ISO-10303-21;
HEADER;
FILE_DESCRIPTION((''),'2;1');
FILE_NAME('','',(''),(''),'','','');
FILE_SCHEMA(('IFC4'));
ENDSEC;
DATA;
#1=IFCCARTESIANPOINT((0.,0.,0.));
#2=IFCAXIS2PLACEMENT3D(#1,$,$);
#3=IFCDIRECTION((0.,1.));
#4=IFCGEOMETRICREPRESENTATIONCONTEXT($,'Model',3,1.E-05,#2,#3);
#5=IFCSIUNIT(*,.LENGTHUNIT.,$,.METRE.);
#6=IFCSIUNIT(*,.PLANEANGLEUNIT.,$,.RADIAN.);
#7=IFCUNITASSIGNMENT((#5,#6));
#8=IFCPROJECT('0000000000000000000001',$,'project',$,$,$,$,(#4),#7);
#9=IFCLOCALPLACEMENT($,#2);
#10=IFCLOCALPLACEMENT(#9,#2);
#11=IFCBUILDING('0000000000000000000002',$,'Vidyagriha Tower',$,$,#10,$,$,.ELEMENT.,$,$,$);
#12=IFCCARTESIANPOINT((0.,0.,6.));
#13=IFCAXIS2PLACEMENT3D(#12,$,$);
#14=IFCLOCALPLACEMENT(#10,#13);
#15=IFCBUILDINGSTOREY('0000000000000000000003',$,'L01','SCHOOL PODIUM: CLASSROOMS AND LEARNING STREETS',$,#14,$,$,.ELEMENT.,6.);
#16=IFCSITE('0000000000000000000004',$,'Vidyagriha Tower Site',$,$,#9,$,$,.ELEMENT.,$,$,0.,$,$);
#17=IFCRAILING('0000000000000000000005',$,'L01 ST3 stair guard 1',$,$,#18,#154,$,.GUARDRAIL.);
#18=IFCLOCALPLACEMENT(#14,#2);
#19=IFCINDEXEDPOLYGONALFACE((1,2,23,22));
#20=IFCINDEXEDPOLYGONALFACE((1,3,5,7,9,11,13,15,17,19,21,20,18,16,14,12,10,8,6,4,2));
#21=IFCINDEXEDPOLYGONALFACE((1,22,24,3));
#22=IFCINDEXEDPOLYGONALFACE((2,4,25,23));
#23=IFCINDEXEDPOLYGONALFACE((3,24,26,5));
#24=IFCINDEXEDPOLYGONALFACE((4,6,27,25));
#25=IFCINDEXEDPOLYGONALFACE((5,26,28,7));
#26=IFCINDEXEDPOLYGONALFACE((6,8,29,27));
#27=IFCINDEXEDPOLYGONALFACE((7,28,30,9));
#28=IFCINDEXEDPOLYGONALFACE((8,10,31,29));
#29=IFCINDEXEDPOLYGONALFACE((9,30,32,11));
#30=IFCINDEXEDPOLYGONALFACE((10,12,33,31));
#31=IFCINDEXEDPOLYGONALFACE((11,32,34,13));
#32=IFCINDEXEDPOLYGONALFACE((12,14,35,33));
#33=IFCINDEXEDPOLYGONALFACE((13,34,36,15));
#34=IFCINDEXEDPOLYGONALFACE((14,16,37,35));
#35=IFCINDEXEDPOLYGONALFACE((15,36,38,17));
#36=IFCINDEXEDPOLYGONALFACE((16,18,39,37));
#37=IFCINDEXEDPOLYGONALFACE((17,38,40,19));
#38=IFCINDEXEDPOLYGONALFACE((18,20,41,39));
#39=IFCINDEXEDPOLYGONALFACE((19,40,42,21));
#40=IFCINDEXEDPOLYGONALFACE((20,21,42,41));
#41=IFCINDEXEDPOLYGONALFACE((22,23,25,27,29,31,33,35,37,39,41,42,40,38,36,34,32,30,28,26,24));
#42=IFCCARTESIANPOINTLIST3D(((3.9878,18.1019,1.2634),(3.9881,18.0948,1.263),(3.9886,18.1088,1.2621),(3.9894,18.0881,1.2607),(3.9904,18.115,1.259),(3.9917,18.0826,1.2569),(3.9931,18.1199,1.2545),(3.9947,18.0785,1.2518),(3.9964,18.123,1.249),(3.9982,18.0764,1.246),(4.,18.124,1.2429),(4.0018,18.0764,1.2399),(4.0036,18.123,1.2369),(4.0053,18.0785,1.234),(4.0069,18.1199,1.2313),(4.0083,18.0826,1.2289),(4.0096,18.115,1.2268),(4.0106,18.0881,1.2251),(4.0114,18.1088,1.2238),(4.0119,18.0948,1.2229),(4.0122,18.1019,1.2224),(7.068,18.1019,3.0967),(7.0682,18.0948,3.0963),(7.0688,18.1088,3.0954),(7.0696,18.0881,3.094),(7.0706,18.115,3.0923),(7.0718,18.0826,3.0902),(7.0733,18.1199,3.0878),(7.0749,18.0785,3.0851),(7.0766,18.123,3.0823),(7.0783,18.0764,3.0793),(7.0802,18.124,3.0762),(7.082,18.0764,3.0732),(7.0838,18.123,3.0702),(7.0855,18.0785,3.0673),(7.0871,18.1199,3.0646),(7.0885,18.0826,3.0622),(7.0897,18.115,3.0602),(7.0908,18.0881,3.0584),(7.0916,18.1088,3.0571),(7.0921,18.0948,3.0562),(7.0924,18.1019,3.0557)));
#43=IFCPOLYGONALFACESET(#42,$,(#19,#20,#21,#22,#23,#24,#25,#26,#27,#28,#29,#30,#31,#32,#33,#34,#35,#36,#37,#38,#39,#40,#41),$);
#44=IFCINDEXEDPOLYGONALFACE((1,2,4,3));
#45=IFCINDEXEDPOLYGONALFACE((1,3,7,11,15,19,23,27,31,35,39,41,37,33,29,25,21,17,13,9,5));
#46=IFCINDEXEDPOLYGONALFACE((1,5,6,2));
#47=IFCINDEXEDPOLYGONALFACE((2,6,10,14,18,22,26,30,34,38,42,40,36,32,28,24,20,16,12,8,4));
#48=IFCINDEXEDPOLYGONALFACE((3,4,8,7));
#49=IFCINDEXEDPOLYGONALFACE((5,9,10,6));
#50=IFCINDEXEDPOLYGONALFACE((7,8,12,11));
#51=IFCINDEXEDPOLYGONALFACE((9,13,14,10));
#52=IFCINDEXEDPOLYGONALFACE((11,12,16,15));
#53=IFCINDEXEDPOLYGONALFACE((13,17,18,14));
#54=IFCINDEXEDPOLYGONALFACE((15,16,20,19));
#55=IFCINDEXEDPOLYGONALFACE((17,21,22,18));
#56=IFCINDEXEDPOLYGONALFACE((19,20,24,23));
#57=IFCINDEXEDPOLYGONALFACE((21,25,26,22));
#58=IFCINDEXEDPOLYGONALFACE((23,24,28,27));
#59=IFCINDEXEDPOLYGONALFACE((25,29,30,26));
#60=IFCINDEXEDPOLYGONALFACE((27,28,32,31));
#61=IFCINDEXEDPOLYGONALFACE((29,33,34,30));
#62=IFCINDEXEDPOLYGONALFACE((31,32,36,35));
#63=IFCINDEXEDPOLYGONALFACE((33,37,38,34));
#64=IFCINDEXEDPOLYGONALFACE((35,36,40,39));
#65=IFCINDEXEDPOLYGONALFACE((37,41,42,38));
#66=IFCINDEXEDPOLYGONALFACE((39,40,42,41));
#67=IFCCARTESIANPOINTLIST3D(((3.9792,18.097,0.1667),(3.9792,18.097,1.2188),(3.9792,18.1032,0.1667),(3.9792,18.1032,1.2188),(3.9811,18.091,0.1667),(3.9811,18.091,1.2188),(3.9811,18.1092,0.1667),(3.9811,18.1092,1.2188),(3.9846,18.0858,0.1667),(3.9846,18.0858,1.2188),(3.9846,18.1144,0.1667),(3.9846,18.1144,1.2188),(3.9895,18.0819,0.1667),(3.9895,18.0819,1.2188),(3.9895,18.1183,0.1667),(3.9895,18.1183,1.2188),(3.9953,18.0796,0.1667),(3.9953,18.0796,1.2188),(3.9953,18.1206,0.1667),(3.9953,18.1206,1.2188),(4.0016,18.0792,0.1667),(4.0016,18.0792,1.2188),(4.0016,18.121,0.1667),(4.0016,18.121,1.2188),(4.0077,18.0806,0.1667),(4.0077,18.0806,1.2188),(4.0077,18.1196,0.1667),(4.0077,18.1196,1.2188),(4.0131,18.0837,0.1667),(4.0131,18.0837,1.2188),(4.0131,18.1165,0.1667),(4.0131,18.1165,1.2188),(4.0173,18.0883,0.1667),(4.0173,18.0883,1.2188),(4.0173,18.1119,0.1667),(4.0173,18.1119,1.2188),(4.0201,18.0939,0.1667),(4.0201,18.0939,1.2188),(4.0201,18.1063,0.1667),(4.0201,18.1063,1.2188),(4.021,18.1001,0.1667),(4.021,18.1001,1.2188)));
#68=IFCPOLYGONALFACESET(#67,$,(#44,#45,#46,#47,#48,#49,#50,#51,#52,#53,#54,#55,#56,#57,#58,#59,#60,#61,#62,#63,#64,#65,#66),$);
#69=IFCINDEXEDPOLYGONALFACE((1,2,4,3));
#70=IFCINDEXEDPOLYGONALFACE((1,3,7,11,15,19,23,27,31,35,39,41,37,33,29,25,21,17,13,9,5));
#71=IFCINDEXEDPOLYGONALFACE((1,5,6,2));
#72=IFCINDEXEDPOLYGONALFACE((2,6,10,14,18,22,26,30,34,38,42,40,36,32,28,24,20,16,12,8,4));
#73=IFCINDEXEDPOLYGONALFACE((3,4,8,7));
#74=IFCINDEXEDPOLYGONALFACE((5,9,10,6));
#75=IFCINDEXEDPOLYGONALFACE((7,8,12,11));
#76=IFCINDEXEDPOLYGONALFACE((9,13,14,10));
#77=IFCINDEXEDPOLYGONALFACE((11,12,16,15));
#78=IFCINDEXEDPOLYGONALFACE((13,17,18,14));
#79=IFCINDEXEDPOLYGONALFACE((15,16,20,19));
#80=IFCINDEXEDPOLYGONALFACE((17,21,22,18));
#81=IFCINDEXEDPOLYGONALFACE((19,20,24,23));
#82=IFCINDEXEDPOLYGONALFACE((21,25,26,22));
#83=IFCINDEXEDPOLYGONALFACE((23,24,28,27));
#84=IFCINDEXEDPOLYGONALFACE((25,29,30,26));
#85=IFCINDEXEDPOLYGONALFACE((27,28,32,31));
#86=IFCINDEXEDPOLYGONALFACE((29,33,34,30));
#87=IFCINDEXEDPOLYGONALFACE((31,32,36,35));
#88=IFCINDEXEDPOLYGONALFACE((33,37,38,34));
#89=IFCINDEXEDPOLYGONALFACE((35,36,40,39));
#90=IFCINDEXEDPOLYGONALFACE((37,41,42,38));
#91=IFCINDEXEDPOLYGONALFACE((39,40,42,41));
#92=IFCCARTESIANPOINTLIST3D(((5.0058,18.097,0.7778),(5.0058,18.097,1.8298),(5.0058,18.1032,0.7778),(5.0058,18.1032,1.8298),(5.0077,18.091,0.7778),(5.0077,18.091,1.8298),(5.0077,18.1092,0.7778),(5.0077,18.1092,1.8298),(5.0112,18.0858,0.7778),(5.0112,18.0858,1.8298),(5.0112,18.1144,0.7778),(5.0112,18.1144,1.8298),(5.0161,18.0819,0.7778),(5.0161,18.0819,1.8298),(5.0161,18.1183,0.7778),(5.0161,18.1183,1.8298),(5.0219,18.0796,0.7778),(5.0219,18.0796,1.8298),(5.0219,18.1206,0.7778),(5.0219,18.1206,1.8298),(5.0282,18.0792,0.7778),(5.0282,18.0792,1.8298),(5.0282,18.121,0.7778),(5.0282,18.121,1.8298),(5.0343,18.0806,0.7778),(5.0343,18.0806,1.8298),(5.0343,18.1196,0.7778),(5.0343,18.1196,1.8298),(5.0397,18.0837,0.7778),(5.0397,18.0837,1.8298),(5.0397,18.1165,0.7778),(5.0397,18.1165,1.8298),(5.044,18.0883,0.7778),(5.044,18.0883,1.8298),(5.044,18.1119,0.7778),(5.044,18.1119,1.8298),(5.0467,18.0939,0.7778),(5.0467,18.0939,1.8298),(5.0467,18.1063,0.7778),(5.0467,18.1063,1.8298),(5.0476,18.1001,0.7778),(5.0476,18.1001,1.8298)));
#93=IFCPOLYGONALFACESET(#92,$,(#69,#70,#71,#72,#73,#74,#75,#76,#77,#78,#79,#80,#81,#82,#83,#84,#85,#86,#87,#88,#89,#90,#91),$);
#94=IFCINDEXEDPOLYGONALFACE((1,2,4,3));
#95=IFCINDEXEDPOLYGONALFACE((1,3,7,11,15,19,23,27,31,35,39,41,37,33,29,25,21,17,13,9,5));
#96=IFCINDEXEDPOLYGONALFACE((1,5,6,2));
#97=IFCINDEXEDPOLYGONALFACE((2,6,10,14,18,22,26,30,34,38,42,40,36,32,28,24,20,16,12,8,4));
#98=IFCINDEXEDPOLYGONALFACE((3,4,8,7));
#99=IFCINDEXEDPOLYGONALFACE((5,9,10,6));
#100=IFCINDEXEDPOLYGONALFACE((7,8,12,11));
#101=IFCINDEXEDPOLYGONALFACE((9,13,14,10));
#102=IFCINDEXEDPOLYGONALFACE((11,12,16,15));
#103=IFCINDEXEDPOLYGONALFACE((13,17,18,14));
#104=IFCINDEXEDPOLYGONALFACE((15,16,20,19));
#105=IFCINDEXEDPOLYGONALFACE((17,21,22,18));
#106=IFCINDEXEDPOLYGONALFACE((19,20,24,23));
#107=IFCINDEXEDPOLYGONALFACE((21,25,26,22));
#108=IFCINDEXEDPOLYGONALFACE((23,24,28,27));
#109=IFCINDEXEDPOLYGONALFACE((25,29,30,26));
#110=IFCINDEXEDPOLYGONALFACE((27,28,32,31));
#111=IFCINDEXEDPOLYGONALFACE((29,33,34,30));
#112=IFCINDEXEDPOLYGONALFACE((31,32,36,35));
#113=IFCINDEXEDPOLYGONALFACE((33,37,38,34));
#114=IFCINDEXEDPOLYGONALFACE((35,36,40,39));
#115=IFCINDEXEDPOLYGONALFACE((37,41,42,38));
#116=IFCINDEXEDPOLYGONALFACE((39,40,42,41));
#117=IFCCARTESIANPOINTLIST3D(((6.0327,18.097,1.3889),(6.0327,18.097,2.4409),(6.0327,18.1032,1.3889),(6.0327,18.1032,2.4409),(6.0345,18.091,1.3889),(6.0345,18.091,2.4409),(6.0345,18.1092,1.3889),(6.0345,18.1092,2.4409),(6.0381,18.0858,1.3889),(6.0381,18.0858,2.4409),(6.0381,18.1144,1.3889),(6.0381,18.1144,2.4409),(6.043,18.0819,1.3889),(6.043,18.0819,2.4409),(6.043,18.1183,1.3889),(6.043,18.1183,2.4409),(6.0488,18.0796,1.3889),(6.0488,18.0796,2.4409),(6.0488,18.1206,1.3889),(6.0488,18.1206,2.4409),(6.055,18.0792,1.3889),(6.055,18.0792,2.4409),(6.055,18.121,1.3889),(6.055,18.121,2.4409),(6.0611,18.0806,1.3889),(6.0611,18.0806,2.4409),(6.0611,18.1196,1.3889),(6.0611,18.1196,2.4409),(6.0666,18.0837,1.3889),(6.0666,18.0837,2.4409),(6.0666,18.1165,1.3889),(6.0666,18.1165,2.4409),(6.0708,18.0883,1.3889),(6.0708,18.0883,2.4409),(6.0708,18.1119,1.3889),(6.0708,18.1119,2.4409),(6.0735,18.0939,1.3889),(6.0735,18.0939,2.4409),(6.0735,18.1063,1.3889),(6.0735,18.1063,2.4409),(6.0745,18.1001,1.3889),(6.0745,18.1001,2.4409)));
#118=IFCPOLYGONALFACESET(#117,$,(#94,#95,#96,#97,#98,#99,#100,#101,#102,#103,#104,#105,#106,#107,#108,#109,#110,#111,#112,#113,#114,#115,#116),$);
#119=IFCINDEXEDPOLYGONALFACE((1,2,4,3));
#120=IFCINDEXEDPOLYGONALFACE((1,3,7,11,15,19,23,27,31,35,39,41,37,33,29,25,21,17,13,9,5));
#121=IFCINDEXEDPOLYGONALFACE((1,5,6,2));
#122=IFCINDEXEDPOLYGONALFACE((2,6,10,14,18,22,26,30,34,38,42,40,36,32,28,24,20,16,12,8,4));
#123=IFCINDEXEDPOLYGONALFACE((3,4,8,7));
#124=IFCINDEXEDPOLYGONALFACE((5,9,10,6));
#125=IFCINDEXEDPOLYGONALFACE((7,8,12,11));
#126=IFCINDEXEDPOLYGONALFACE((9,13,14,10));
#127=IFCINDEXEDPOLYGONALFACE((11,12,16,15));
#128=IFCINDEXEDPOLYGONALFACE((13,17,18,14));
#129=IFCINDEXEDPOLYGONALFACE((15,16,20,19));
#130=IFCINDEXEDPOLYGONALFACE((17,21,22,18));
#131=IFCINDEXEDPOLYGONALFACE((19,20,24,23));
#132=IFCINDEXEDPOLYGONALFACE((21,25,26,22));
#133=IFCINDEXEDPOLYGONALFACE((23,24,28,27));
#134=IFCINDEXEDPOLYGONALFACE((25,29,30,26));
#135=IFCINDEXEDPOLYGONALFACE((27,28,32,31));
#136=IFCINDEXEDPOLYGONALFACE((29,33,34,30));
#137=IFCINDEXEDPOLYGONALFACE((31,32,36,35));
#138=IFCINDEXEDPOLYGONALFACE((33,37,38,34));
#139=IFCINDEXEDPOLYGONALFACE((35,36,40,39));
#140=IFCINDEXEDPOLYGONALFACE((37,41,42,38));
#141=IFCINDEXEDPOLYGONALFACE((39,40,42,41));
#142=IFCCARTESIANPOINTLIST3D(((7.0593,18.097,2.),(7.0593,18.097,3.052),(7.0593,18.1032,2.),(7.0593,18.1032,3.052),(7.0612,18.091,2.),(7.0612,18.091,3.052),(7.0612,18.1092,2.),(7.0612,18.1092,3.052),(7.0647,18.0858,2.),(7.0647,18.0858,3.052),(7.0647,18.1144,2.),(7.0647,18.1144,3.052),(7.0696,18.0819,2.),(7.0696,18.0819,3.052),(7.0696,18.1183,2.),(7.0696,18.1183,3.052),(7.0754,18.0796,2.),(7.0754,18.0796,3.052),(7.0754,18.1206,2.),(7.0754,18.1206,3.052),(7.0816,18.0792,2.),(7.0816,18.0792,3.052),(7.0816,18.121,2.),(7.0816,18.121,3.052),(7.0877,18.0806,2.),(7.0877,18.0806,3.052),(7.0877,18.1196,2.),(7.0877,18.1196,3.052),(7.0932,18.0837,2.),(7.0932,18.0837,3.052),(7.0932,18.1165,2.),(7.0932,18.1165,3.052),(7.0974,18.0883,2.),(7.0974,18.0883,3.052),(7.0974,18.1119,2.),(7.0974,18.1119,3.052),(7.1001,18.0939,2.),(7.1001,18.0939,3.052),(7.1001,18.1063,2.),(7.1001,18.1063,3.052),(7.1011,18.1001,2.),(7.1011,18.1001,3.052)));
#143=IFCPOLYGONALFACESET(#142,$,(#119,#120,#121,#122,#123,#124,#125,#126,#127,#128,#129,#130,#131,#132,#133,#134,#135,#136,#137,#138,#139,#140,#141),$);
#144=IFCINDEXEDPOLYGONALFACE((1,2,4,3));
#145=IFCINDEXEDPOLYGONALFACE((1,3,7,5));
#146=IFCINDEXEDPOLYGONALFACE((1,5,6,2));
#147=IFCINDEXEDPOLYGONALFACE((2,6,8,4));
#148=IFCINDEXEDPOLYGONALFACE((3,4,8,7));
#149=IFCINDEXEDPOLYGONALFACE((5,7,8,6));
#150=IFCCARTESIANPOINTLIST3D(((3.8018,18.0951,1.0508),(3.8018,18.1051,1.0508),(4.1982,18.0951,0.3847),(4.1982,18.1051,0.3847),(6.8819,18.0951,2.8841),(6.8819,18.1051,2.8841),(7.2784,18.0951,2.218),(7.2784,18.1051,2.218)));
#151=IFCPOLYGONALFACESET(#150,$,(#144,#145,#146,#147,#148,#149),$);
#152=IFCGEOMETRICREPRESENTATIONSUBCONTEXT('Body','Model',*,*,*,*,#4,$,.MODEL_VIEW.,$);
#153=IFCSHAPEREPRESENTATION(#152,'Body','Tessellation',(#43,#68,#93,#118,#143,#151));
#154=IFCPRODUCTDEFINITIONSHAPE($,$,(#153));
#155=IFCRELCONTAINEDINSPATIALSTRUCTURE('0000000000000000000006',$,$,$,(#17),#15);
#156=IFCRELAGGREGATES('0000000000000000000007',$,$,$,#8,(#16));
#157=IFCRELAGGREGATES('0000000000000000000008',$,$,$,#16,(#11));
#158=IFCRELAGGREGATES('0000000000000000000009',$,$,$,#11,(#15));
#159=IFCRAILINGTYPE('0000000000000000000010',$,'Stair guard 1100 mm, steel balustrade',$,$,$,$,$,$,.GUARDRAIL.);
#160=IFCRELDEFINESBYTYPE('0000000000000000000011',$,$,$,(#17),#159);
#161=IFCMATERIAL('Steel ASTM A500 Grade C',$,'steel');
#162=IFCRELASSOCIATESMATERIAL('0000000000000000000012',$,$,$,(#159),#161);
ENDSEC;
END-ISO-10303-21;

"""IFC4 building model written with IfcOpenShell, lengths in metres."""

from ifc_helpers import new_model, si_unit, direction, frame, origin, origin_2d, place, context, subcontext, project, spatial, rectangle, circle, extrude, material, type_object, element, save


model = new_model("IFC4")

# Units and contexts
model_context = context("Model", 3, precision=1e-05, world=origin(), true_north=direction((0.0, 1.0)))
body_context = subcontext(model_context, "Body", "Model", "MODEL_VIEW")
ifc_project = project(units=[si_unit("LENGTHUNIT", "METRE"), si_unit("PLANEANGLEUNIT", "RADIAN")], contexts=[model_context])

# Site, building, storey
site_placement = place(None, origin())
site = spatial("IfcSite", under=ifc_project, at=site_placement, Name="Vidyagriha Tower Site", CompositionType="ELEMENT", RefElevation=0.0)
building_placement = place(site_placement, origin())
building = spatial("IfcBuilding", under=site, at=building_placement, Name="Vidyagriha Tower", CompositionType="ELEMENT")
storey_placement = place(building_placement, frame((0.0, 0.0, 6.0)))
storey = spatial("IfcBuildingStorey", under=building, at=storey_placement, Name="L01", Description="SCHOOL PODIUM: CLASSROOMS AND LEARNING STREETS", CompositionType="ELEMENT", Elevation=6.0)

# Railing
ifc_material_1 = material(Name="Steel ASTM A500 Grade C", Category="steel")
railing_type_1 = type_object("IfcRailingType", Name="Stair guard 1100 mm, steel balustrade", PredefinedType="GUARDRAIL", material=ifc_material_1)
railing_1_placement = place(storey_placement, frame((4.0, 18.1001, 0.1667)))
element("IfcRailing", 1, at=railing_1_placement, inside=storey, type_object=railing_type_1, Name="L01 ST3 stair guard 1", PredefinedType="GUARDRAIL", context=body_context, shape_type="SweptSolid", body=[
    extrude(circle(Radius=0.0239, at=origin_2d()), frame((0.0, 0.0, 1.0762), z_axis=(0.859309, 0.0, 0.511458), x_axis=(0.0, 1.0, 0.0)), (0.0, 0.0, 1.0), 3.5845),
    extrude(circle(Radius=0.021, at=origin_2d()), origin(), (0.0, 0.0, 1.0), 1.052),
    extrude(circle(Radius=0.021, at=origin_2d()), frame((1.0266, 0.0, 0.6111)), (0.0, 0.0, 1.0), 1.052),
    extrude(circle(Radius=0.021, at=origin_2d()), frame((2.0535, 0.0, 1.2222)), (0.0, 0.0, 1.0), 1.052),
    extrude(circle(Radius=0.021, at=origin_2d()), frame((3.0801, 0.0, 1.8333)), (0.0, 0.0, 1.0), 1.052),
    extrude(rectangle(XDim=0.01, YDim=0.7751, at=origin_2d()), frame((0.0, 0.0, 0.551), z_axis=(0.859309, 0.0, 0.511458), x_axis=(0.0, 1.0, 0.0)), (0.0, 0.0, 1.0), 3.5845),
])

save(model, "model.ifc")
